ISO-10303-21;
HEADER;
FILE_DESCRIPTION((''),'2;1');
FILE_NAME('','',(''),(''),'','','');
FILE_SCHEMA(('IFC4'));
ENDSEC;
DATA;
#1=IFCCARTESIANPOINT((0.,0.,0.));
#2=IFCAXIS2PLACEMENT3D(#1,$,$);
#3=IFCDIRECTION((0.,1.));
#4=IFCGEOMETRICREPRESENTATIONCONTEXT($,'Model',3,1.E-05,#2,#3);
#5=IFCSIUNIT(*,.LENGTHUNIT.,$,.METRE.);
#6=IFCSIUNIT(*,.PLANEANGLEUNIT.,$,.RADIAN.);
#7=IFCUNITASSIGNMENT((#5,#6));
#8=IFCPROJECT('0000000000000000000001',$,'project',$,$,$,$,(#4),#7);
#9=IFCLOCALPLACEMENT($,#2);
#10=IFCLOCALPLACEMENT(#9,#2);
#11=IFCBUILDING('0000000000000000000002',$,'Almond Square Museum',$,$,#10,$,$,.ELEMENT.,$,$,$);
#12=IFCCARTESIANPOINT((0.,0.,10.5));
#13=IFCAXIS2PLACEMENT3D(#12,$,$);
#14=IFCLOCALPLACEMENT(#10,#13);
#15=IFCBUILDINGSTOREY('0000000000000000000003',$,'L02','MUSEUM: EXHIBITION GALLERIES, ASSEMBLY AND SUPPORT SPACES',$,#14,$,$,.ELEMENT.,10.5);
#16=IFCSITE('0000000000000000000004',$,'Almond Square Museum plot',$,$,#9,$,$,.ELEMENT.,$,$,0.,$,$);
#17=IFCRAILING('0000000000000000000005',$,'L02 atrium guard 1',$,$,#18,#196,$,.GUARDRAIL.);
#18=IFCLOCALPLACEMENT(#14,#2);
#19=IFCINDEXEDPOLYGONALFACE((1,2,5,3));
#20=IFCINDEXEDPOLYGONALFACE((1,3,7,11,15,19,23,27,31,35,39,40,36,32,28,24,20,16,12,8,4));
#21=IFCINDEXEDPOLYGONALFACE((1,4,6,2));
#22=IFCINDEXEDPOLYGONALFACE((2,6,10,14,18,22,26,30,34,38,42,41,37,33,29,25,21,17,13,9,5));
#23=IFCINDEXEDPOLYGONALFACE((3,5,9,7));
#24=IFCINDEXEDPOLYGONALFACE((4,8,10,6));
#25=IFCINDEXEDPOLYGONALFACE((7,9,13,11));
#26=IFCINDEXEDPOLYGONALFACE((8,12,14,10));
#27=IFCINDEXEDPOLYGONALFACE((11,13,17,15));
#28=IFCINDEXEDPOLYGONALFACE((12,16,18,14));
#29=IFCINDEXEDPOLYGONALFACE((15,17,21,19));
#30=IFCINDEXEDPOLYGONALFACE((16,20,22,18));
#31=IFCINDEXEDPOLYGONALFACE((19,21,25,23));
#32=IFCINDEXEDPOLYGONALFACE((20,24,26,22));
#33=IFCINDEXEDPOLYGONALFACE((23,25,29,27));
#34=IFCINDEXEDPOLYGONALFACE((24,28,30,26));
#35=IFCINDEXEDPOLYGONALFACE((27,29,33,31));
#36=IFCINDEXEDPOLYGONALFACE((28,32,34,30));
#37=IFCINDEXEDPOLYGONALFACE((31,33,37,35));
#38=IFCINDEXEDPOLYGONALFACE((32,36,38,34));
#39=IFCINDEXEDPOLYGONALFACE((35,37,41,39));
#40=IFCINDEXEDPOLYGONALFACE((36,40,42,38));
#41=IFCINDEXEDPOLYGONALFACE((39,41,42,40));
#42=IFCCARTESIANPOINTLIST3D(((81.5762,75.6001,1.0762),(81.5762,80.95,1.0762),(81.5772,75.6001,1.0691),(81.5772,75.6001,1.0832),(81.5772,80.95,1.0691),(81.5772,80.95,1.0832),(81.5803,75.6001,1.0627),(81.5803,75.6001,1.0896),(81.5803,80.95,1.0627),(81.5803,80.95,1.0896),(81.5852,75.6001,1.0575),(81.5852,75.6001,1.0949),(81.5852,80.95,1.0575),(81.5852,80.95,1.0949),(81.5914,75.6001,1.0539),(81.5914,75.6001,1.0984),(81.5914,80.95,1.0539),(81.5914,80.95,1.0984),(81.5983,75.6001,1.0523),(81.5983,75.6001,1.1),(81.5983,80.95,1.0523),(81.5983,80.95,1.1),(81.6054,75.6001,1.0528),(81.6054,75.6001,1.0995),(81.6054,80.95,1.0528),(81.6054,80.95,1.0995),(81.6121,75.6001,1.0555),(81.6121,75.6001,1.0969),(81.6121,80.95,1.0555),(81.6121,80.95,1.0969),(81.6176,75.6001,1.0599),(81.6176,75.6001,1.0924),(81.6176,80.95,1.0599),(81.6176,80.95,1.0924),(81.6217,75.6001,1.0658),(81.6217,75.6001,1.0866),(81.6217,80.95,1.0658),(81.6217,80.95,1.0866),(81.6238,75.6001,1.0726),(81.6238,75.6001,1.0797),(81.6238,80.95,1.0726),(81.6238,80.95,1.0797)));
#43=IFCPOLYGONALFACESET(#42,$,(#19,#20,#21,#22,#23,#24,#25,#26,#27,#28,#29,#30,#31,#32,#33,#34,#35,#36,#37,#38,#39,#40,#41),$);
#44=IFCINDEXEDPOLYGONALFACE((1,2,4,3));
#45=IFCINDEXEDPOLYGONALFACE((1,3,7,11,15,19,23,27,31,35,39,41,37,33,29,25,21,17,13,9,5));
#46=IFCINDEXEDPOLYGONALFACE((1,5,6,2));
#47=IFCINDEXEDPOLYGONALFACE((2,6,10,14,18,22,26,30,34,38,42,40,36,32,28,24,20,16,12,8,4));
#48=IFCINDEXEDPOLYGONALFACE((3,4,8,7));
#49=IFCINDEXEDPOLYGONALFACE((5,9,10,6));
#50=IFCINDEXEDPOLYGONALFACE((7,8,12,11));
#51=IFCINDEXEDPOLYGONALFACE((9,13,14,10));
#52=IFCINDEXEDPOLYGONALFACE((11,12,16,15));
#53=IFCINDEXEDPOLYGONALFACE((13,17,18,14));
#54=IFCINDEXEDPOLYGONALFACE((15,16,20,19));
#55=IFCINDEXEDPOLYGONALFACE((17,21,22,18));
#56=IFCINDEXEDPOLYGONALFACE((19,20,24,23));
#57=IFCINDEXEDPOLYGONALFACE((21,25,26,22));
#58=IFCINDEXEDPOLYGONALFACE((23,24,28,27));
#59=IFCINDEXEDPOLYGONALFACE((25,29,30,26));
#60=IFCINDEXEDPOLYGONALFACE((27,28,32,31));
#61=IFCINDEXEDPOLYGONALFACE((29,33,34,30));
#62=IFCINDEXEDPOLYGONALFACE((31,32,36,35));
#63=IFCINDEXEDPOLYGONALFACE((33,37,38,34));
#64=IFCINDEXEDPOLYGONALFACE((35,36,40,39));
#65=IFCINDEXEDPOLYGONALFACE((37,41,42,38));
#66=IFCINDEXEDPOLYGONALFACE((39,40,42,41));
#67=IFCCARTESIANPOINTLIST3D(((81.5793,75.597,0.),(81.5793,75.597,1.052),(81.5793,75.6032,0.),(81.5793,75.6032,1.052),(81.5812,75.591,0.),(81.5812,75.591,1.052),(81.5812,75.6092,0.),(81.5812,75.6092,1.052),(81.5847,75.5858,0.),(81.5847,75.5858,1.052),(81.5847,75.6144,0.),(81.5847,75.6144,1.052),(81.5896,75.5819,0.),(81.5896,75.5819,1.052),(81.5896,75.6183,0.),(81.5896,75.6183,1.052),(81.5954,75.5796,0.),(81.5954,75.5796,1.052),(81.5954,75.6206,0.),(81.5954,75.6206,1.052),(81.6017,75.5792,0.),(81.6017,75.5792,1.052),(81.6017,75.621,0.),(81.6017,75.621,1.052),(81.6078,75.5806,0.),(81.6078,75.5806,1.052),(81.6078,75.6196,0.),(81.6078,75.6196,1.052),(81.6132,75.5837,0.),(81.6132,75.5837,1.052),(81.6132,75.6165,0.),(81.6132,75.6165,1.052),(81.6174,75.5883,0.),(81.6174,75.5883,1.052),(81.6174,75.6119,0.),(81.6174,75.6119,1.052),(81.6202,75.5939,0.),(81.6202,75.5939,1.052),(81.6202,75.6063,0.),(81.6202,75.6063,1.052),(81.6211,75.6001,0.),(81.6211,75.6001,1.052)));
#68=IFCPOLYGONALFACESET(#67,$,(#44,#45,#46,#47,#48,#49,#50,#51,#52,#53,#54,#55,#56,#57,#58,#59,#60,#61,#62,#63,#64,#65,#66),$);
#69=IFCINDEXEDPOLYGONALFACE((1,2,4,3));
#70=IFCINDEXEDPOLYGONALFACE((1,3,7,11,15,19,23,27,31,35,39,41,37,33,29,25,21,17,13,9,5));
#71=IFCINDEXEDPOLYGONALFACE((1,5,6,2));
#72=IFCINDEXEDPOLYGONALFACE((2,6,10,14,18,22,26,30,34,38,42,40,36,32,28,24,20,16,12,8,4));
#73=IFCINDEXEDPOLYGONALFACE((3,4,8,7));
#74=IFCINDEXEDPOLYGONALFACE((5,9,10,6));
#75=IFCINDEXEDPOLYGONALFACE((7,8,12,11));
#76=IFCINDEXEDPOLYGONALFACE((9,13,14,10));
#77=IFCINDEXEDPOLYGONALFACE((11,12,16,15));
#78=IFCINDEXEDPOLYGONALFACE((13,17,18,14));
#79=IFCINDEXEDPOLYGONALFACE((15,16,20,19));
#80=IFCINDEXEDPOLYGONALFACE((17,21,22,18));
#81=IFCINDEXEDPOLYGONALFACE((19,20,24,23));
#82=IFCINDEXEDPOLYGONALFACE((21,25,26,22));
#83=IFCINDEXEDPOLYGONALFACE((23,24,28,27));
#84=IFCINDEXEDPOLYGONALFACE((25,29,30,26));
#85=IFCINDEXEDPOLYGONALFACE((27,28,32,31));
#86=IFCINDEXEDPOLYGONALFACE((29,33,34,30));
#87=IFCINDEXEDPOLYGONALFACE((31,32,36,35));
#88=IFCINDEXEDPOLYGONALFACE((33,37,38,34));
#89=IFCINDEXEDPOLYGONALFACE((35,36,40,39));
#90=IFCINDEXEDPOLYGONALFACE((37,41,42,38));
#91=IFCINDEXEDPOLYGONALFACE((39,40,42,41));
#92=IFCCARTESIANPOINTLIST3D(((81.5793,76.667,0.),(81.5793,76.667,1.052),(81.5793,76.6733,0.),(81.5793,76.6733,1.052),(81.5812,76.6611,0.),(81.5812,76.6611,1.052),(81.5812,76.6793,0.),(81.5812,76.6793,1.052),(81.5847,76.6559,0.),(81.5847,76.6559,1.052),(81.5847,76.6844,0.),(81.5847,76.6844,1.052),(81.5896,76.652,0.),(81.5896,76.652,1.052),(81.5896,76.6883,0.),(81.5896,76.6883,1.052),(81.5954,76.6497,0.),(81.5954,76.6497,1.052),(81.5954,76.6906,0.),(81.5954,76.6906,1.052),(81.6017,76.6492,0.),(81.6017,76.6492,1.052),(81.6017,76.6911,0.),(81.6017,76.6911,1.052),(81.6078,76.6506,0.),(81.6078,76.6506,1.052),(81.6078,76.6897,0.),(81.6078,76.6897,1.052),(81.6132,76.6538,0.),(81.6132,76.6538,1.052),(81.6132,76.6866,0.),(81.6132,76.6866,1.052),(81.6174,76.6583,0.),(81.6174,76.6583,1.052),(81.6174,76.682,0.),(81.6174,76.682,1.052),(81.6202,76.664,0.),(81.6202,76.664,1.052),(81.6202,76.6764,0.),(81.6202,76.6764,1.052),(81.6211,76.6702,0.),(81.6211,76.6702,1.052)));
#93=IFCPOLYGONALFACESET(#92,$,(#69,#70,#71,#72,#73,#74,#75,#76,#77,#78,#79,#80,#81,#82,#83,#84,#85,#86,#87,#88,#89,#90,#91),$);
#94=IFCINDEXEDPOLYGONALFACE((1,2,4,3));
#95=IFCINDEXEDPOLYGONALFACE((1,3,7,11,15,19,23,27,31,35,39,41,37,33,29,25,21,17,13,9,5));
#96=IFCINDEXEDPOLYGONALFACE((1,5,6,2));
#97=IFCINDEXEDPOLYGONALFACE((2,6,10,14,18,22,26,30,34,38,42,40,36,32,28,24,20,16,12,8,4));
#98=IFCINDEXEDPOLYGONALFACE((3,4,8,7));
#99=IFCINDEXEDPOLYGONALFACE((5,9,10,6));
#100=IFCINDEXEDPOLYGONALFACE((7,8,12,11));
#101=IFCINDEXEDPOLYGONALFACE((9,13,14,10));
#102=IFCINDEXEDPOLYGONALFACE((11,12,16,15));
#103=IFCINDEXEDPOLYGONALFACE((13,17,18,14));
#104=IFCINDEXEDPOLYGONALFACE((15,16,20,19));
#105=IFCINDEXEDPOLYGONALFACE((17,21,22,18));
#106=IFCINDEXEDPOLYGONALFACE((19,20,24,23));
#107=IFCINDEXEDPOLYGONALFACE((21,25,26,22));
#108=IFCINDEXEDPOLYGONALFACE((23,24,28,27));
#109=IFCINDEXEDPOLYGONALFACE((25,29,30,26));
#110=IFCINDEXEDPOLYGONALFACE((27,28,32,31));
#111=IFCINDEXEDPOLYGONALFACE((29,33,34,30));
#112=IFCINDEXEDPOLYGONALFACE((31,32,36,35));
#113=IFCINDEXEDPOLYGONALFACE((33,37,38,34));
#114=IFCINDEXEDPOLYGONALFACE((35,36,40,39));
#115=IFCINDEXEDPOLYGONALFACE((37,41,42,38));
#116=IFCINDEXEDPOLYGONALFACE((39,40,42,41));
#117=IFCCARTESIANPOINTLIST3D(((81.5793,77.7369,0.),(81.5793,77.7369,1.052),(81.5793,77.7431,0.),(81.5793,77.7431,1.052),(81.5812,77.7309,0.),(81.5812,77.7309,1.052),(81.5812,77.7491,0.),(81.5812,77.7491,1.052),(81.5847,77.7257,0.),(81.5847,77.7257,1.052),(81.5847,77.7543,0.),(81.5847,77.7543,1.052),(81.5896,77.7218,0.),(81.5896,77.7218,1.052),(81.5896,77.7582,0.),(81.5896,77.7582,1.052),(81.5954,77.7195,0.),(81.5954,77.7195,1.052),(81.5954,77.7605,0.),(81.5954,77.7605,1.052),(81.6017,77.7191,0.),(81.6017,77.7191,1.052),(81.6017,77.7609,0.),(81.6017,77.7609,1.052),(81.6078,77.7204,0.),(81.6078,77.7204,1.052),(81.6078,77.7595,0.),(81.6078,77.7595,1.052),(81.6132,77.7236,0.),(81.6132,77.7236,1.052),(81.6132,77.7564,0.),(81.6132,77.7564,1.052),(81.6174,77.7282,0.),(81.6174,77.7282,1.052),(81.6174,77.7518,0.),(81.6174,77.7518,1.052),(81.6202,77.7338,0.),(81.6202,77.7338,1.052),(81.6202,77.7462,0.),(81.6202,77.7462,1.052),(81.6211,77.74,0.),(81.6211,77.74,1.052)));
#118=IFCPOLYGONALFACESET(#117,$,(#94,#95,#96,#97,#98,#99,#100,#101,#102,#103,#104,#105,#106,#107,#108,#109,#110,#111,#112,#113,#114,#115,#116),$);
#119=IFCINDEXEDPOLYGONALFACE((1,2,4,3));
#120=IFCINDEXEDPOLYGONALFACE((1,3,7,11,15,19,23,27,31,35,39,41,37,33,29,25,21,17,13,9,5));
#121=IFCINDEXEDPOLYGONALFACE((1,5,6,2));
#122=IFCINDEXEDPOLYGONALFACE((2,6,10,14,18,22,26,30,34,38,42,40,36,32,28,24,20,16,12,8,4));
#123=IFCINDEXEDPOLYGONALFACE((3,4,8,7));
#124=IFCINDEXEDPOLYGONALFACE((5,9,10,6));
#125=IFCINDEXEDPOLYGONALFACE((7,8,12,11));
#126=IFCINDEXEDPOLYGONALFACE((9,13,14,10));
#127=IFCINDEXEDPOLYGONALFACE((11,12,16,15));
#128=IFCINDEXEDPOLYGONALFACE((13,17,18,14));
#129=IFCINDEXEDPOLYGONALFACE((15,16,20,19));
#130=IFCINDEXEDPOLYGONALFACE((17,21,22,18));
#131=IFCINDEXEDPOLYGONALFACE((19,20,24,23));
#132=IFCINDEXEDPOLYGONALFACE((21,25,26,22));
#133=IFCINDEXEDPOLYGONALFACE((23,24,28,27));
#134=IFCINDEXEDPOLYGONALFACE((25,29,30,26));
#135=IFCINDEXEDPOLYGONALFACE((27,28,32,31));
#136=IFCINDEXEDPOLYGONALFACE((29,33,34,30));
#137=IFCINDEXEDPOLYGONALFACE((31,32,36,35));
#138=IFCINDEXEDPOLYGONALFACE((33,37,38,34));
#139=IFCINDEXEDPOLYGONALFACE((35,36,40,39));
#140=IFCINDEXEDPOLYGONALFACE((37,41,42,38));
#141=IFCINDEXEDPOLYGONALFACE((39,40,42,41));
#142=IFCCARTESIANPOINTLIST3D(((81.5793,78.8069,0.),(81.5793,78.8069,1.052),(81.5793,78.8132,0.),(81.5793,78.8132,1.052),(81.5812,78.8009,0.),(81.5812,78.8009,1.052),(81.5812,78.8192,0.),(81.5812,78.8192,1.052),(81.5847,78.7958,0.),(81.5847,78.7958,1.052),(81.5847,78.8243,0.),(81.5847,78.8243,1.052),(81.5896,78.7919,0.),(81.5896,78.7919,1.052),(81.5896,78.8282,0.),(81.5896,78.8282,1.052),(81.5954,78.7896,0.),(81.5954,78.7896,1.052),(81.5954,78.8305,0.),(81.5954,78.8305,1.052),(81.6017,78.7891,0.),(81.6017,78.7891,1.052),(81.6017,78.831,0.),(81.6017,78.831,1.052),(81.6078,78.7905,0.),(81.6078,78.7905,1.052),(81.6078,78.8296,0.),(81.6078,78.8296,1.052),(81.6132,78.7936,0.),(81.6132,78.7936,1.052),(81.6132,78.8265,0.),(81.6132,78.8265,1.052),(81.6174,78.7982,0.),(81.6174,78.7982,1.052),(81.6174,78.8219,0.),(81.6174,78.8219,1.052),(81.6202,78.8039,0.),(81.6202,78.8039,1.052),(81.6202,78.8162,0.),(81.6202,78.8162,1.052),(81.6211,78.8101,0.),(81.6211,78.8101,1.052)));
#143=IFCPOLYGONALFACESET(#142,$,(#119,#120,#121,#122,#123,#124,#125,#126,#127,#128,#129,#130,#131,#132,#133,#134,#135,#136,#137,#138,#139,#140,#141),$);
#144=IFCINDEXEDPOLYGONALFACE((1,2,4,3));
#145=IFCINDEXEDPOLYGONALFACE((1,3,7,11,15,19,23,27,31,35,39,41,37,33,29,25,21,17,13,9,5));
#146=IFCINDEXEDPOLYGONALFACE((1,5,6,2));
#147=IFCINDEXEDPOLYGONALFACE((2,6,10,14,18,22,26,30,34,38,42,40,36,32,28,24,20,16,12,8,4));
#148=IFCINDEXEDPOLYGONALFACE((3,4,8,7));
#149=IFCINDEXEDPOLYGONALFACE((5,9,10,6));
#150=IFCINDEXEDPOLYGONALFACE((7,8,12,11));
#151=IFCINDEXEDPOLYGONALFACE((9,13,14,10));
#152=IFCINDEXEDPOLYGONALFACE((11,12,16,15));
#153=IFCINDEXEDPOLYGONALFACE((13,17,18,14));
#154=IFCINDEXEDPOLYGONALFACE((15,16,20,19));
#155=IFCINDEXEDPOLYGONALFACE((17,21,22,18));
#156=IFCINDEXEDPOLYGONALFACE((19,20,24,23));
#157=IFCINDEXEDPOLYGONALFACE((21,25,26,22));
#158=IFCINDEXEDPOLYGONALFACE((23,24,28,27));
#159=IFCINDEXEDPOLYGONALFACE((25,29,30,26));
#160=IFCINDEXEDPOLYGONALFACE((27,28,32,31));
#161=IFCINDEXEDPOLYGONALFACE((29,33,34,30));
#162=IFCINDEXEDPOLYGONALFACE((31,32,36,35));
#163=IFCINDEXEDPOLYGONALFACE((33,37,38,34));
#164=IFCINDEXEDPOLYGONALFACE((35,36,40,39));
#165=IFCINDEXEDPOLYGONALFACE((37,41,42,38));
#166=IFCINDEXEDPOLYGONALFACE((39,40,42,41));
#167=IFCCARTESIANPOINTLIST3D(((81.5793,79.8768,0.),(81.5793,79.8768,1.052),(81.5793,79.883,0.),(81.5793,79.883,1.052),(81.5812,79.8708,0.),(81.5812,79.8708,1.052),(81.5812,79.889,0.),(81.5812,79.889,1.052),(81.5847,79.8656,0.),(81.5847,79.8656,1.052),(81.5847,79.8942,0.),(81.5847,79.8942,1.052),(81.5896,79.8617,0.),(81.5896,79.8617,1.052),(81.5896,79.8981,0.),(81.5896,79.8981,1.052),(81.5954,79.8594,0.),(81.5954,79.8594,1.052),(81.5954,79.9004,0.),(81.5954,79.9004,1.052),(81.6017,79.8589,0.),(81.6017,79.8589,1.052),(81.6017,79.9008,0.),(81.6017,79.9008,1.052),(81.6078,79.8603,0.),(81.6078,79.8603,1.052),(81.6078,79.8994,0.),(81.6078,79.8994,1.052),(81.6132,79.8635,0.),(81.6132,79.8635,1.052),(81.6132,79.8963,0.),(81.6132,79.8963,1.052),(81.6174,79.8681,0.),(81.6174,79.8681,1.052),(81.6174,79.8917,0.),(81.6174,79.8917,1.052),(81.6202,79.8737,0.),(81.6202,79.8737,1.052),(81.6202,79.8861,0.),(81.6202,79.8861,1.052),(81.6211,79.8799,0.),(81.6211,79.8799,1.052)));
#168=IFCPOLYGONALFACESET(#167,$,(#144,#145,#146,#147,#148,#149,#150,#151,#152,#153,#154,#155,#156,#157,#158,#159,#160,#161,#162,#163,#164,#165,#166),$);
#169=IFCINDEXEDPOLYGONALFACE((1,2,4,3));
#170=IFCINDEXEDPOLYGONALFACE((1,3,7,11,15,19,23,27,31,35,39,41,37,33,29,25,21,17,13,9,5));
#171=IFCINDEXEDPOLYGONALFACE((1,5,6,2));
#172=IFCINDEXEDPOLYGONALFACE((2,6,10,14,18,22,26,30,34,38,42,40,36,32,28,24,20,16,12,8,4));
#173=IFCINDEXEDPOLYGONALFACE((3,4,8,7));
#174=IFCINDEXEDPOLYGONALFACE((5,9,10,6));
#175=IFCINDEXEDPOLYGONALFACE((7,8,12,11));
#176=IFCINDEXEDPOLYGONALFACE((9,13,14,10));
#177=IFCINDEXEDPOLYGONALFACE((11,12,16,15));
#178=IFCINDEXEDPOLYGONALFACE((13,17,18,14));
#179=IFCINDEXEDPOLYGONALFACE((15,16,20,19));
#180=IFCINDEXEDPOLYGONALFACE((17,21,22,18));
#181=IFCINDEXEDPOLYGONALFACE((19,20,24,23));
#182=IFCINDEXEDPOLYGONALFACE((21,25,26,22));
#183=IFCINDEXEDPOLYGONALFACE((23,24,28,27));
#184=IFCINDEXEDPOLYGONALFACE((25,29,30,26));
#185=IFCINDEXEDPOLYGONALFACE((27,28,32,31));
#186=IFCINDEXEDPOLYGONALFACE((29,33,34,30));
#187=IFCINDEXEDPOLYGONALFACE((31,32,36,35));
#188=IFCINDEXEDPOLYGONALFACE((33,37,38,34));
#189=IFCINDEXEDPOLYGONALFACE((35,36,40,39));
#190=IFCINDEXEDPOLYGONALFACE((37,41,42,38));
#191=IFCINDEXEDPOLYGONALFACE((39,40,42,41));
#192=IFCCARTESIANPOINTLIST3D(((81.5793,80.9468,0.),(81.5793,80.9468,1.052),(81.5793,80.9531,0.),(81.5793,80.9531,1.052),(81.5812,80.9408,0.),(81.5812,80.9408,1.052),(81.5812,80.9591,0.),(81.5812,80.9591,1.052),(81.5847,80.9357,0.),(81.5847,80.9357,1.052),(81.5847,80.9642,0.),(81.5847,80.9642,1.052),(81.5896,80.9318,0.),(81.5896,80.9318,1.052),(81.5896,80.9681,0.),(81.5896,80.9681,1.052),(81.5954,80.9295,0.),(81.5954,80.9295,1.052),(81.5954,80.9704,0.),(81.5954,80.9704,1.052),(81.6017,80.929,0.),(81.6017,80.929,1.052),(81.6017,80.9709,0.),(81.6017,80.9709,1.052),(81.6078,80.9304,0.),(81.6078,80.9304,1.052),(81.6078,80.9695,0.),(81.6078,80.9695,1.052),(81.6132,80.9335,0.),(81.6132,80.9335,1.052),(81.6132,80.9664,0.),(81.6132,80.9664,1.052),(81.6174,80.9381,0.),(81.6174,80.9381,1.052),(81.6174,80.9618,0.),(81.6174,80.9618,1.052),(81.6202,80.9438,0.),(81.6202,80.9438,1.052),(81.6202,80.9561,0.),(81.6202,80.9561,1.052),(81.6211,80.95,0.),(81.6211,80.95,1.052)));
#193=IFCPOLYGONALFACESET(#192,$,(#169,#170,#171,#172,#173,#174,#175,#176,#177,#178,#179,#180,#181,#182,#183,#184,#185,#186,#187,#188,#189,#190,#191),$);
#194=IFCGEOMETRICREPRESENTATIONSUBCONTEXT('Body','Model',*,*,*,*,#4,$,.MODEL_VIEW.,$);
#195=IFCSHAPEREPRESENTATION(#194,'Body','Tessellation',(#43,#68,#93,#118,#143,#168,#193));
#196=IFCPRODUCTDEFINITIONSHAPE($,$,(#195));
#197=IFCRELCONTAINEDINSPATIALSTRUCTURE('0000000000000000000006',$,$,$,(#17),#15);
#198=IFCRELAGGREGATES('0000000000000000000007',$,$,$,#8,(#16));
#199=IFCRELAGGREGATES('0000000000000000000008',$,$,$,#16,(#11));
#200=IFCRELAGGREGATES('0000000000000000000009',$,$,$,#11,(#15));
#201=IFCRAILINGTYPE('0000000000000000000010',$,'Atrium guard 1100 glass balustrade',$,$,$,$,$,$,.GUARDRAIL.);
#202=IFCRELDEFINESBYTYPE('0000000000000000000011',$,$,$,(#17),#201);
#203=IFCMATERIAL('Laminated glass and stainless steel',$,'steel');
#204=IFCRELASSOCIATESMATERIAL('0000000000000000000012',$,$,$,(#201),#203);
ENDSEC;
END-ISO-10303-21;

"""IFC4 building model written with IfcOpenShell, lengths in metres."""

from ifc_helpers import new_model, si_unit, direction, frame, origin, origin_2d, place, context, subcontext, project, spatial, circle, extrude, material, type_object, element, save


model = new_model("IFC4")

# Units and contexts
model_context = context("Model", 3, precision=1e-05, world=origin(), true_north=direction((0.0, 1.0)))
body_context = subcontext(model_context, "Body", "Model", "MODEL_VIEW")
ifc_project = project(units=[si_unit("LENGTHUNIT", "METRE"), si_unit("PLANEANGLEUNIT", "RADIAN")], contexts=[model_context])

# Site, building, storey
site_placement = place(None, origin())
site = spatial("IfcSite", under=ifc_project, at=site_placement, Name="Almond Square Museum plot", CompositionType="ELEMENT", RefElevation=0.0)
building_placement = place(site_placement, origin())
building = spatial("IfcBuilding", under=site, at=building_placement, Name="Almond Square Museum", CompositionType="ELEMENT")
storey_placement = place(building_placement, frame((0.0, 0.0, 10.5)))
storey = spatial("IfcBuildingStorey", under=building, at=storey_placement, Name="L02", Description="MUSEUM: EXHIBITION GALLERIES, ASSEMBLY AND SUPPORT SPACES", CompositionType="ELEMENT", Elevation=10.5)

# Railing
ifc_material_1 = material(Name="Laminated glass and stainless steel", Category="steel")
railing_type_1 = type_object("IfcRailingType", Name="Atrium guard 1100 glass balustrade", PredefinedType="GUARDRAIL", material=ifc_material_1)
railing_1_placement = place(storey_placement, frame((81.6001, 75.6001, 0.0)))
element("IfcRailing", 1, at=railing_1_placement, inside=storey, type_object=railing_type_1, Name="L02 atrium guard 1", PredefinedType="GUARDRAIL", context=body_context, shape_type="SweptSolid", body=[
    extrude(circle(Radius=0.0239, at=origin_2d()), frame((0.0, 0.0, 1.0762), z_axis=(0.0, 1.0, 0.0), x_axis=(-1.0, 0.0, 0.0)), (0.0, 0.0, 1.0), 5.3499),
    extrude(circle(Radius=0.021, at=origin_2d()), origin(), (0.0, 0.0, 1.0), 1.052),
    extrude(circle(Radius=0.021, at=origin_2d()), frame((0.0, 1.0701, 0.0)), (0.0, 0.0, 1.0), 1.052),
    extrude(circle(Radius=0.021, at=origin_2d()), frame((0.0, 2.1399, 0.0)), (0.0, 0.0, 1.0), 1.052),
    extrude(circle(Radius=0.021, at=origin_2d()), frame((0.0, 3.21, 0.0)), (0.0, 0.0, 1.0), 1.052),
    extrude(circle(Radius=0.021, at=origin_2d()), frame((0.0, 4.2798, 0.0)), (0.0, 0.0, 1.0), 1.052),
    extrude(circle(Radius=0.021, at=origin_2d()), frame((0.0, 5.3499, 0.0)), (0.0, 0.0, 1.0), 1.052),
])

save(model, "model.ifc")
